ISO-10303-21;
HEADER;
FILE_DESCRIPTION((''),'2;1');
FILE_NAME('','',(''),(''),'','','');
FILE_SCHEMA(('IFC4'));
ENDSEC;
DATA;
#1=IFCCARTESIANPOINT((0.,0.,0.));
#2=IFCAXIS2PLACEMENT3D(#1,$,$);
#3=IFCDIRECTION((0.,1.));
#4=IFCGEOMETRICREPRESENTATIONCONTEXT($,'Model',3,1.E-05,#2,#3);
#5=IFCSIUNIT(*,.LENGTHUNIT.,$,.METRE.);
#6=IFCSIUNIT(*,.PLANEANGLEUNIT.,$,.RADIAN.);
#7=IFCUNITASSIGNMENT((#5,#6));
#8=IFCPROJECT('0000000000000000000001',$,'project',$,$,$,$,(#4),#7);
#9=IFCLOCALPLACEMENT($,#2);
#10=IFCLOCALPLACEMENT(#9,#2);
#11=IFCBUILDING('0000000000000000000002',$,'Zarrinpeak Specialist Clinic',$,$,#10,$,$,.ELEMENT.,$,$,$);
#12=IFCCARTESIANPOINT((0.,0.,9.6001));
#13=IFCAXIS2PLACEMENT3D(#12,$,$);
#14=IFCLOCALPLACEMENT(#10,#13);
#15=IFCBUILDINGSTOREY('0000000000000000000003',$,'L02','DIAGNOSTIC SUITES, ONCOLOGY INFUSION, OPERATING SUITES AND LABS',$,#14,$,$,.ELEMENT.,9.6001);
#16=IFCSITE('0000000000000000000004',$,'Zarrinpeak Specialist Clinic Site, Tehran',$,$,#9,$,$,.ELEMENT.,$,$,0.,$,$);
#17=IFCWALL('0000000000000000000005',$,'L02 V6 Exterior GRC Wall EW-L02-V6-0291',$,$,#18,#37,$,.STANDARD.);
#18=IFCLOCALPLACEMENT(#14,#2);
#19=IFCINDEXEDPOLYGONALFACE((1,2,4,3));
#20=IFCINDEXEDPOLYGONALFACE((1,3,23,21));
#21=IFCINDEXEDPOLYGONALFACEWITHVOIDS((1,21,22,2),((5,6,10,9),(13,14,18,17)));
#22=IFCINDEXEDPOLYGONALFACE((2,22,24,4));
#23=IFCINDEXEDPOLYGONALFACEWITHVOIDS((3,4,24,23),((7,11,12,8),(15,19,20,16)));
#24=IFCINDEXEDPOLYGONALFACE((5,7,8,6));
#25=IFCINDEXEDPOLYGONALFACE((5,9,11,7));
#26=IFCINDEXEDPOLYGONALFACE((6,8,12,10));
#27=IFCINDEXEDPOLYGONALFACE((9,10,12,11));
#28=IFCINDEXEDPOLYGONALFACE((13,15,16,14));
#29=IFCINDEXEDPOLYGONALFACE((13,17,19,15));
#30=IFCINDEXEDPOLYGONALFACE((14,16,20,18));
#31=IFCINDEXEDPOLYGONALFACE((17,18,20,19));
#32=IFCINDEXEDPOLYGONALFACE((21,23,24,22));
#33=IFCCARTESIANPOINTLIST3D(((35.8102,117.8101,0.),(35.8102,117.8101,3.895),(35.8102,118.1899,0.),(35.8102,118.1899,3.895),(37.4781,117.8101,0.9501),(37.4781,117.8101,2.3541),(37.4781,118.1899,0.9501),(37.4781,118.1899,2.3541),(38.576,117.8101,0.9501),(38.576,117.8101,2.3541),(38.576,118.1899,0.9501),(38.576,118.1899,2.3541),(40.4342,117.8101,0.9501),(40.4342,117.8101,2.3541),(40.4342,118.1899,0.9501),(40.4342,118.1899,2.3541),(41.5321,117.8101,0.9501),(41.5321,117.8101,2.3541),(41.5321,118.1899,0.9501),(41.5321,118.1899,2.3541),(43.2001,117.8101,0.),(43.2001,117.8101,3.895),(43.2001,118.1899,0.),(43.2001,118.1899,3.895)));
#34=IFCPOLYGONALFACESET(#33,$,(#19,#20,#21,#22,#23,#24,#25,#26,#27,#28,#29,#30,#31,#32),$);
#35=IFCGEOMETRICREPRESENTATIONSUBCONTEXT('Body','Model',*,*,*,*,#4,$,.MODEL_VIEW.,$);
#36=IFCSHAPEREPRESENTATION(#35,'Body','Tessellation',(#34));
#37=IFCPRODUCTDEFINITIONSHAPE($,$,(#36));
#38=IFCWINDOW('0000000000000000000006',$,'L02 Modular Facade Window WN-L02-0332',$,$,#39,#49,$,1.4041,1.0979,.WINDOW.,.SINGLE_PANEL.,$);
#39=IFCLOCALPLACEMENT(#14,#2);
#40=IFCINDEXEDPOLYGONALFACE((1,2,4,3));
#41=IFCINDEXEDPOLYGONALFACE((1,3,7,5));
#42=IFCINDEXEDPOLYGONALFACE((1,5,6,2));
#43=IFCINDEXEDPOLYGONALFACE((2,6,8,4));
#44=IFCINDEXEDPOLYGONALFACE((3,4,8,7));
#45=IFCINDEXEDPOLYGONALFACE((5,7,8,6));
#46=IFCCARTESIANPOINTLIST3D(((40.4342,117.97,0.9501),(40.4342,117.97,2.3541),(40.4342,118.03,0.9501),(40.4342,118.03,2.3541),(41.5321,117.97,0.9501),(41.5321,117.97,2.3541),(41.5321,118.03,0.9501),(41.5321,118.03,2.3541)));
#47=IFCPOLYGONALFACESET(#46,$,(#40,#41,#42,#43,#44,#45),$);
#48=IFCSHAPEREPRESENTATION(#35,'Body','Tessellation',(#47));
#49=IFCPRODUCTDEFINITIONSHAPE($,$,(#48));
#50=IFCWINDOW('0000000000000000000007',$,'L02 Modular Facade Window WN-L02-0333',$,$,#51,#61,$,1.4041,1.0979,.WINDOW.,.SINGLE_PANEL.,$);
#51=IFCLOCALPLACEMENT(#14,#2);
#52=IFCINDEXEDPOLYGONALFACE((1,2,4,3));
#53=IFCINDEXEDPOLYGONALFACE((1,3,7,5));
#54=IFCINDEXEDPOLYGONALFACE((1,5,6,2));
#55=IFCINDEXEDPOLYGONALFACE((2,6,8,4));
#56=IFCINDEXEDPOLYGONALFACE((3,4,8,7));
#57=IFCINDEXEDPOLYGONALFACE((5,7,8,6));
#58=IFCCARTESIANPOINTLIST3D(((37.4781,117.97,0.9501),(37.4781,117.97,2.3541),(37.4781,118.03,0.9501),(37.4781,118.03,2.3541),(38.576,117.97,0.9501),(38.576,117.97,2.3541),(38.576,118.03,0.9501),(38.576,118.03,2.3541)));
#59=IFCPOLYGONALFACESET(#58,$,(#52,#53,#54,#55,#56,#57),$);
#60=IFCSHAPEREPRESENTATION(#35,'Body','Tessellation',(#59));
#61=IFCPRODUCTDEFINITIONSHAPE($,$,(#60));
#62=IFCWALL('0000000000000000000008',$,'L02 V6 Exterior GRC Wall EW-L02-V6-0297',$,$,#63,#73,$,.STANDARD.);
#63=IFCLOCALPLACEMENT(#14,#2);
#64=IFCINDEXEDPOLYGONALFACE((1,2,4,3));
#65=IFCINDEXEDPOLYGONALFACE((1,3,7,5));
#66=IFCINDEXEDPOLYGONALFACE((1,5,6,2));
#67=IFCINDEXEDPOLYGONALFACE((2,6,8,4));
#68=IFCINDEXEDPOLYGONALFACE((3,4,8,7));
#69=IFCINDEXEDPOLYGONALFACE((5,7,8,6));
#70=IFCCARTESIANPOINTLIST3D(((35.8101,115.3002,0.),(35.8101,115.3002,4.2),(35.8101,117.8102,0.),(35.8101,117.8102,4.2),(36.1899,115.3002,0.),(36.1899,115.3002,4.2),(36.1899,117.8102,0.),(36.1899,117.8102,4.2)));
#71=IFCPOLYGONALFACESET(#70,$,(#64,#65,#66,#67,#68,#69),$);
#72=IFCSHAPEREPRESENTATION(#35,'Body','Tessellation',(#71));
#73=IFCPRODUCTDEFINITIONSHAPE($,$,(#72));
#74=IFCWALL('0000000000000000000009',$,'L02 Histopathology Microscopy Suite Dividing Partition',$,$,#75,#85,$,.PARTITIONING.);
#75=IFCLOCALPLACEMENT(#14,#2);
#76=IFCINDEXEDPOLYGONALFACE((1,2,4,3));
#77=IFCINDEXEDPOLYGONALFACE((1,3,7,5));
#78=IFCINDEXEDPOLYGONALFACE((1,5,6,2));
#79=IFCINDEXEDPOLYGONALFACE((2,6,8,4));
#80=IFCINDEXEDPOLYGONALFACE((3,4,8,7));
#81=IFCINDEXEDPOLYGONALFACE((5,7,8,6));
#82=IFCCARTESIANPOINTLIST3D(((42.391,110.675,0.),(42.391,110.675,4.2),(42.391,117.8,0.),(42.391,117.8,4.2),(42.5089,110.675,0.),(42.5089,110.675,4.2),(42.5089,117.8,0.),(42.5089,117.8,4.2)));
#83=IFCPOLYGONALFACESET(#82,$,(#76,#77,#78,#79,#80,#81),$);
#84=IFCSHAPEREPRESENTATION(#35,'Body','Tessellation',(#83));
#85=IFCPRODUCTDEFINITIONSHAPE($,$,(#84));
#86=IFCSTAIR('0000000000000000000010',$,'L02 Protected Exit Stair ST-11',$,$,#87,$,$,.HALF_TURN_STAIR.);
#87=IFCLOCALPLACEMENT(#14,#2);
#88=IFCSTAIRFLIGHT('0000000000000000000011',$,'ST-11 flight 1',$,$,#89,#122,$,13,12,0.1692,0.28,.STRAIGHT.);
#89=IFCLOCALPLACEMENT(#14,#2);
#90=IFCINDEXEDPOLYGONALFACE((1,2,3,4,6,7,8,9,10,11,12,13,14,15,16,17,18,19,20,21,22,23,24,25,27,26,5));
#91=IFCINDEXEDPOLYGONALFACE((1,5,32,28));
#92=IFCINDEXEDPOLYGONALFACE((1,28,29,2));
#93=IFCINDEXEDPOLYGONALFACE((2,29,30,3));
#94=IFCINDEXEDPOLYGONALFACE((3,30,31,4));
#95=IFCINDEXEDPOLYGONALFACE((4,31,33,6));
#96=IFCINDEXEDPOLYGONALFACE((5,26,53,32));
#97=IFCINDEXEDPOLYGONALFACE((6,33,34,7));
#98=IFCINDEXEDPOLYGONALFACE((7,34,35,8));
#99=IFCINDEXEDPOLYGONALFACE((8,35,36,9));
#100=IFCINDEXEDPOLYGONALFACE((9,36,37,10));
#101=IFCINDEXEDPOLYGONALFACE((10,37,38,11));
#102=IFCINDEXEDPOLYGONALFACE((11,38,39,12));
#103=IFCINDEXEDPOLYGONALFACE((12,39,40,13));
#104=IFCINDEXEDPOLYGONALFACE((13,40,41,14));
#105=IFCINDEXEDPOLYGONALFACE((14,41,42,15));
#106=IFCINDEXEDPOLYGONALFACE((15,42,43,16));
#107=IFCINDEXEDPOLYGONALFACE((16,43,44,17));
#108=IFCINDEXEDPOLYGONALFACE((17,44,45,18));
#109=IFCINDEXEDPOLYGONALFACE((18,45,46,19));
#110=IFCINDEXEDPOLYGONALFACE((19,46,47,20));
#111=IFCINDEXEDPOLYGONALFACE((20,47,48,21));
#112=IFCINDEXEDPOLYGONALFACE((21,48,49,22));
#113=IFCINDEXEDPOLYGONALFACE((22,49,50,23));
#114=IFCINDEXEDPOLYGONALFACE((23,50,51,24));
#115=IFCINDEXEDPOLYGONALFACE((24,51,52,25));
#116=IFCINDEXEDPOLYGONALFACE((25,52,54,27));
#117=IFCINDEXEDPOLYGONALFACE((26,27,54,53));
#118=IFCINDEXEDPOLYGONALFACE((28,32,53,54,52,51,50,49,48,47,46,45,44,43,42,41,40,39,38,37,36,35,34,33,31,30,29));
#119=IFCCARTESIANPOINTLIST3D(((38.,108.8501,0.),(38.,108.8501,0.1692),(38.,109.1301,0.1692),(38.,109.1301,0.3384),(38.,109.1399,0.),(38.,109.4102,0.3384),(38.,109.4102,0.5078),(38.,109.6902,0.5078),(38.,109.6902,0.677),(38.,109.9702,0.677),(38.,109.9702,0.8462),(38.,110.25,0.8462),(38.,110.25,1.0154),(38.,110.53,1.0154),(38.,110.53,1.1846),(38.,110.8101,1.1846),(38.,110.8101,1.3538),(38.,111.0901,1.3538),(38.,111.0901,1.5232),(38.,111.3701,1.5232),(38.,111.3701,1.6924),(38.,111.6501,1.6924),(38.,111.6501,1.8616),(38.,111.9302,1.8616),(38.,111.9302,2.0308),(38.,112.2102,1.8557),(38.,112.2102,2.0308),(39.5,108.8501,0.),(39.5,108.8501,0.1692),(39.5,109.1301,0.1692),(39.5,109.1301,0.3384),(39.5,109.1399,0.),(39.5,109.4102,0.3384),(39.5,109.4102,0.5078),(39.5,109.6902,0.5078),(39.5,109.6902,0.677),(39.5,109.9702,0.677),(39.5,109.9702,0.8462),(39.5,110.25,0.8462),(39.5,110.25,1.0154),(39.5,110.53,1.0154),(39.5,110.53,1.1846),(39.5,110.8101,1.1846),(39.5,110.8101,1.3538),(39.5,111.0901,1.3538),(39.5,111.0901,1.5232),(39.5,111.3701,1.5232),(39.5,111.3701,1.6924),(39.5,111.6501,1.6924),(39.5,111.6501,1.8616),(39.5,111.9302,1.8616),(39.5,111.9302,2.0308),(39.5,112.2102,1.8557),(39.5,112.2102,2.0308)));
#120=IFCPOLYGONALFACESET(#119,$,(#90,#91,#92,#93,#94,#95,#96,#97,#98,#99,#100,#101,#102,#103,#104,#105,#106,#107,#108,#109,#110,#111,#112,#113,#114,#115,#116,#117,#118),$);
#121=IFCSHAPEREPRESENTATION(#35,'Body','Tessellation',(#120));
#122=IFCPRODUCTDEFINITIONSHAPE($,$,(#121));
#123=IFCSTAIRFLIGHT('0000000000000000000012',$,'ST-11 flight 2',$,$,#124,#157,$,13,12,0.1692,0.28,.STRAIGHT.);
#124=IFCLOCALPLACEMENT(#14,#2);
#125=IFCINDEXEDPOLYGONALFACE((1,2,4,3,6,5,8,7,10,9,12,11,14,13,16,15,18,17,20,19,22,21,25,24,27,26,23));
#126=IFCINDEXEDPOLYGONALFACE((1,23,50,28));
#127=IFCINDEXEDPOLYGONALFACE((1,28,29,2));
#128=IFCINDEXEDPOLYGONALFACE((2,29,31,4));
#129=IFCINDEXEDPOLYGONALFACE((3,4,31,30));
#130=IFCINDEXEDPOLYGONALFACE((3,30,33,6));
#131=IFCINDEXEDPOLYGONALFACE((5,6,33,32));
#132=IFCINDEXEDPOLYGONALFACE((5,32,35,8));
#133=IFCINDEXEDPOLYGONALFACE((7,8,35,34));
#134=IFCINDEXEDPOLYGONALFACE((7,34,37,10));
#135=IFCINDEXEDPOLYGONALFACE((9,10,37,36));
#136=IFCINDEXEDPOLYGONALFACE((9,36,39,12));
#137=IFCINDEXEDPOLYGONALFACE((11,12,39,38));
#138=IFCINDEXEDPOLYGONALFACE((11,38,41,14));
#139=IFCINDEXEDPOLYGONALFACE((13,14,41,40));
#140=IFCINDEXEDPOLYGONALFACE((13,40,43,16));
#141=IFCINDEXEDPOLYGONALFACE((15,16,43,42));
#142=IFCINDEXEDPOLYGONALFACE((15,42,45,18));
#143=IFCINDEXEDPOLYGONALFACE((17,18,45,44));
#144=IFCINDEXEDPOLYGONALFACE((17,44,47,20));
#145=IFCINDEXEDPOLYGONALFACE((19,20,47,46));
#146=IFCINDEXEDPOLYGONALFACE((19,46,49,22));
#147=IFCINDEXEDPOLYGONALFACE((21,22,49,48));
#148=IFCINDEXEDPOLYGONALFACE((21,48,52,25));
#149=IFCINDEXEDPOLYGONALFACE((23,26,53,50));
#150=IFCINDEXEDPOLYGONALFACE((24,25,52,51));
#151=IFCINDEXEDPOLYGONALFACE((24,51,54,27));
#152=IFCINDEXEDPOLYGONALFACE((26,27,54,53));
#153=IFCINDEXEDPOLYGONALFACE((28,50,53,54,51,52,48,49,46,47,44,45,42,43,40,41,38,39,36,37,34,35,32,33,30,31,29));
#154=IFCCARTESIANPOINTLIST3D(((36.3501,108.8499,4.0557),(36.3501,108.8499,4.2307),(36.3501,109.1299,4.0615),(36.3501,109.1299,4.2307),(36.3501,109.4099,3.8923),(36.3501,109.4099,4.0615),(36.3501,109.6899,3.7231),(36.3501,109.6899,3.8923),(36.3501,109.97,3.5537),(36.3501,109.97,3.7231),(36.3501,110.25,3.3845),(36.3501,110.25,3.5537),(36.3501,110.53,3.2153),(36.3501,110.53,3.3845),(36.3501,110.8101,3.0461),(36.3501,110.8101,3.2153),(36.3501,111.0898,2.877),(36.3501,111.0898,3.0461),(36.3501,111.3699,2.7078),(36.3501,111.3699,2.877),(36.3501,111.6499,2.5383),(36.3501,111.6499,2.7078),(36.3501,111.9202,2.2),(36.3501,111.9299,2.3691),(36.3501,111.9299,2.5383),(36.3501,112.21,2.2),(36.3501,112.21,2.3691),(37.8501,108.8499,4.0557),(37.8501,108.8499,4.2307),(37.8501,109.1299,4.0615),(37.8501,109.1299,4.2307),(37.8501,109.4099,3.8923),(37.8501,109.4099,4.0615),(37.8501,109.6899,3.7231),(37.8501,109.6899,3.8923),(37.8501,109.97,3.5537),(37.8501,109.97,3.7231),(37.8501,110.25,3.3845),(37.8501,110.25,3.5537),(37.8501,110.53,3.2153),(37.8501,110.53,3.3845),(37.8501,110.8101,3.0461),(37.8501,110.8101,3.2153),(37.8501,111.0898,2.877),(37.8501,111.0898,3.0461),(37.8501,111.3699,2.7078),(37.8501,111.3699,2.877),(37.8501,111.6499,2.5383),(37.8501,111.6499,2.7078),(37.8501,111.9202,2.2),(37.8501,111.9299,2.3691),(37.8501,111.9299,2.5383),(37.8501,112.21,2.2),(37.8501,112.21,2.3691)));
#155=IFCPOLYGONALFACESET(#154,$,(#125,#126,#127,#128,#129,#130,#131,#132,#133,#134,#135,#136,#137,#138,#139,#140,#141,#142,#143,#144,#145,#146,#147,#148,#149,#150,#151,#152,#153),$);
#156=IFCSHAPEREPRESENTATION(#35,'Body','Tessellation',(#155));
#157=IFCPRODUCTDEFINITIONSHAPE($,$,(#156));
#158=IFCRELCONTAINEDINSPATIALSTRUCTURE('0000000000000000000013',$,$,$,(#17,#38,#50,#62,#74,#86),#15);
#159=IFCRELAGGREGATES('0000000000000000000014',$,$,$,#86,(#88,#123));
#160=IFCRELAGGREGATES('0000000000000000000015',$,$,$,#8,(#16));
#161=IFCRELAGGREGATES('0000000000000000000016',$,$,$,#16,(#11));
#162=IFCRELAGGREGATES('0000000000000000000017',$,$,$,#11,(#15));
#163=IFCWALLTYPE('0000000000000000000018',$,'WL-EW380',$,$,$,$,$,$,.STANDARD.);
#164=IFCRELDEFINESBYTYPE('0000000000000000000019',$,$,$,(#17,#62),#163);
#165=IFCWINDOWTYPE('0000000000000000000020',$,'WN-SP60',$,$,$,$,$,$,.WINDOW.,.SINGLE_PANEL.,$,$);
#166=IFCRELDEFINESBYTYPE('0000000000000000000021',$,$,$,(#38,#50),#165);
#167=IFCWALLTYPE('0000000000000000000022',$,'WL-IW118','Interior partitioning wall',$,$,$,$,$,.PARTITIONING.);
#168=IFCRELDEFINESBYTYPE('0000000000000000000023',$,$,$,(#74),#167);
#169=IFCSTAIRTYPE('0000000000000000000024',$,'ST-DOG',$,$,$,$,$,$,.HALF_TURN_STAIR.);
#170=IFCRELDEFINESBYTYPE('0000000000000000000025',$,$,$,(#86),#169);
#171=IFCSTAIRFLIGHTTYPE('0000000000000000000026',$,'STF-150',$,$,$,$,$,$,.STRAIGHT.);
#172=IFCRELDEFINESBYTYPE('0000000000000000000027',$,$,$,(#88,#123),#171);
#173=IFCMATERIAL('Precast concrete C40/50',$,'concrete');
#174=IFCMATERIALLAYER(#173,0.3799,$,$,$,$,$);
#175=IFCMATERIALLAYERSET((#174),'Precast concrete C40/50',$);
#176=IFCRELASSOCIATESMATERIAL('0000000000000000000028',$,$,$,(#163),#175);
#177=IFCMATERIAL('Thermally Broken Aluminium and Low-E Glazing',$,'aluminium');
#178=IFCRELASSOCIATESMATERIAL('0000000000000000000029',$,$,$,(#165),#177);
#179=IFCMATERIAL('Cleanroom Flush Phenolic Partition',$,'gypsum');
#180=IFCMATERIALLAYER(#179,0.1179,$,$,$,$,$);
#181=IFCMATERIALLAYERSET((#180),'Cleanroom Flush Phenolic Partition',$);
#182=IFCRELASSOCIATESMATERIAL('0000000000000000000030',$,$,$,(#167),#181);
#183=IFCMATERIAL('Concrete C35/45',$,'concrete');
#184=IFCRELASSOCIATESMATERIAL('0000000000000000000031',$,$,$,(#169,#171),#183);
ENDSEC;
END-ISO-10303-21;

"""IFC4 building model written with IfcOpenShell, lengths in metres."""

from ifc_helpers import new_model, si_unit, direction, frame, frame_2d, origin, place, context, subcontext, project, spatial, polyline, rectangle, outline, extrude, material, layer, layer_set, type_object, element, fill, aggregate, save


model = new_model("IFC4")

# Units and contexts
model_context = context("Model", 3, precision=1e-05, world=origin(), true_north=direction((0.0, 1.0)))
body_context = subcontext(model_context, "Body", "Model", "MODEL_VIEW")
ifc_project = project(units=[si_unit("LENGTHUNIT", "METRE"), si_unit("PLANEANGLEUNIT", "RADIAN")], contexts=[model_context])

# Site, building, storey
site_placement = place(None, origin())
site = spatial("IfcSite", under=ifc_project, at=site_placement, Name="Zarrinpeak Specialist Clinic Site, Tehran", CompositionType="ELEMENT", RefElevation=0.0)
building_placement = place(site_placement, origin())
building = spatial("IfcBuilding", under=site, at=building_placement, Name="Zarrinpeak Specialist Clinic", CompositionType="ELEMENT")
storey_placement = place(building_placement, frame((0.0, 0.0, 9.6001)))
storey = spatial("IfcBuildingStorey", under=building, at=storey_placement, Name="L02", Description="DIAGNOSTIC SUITES, ONCOLOGY INFUSION, OPERATING SUITES AND LABS", CompositionType="ELEMENT", Elevation=9.6001)

# Wall, openings, windows
ifc_material_1 = material(Name="Precast concrete C40/50", Category="concrete")
ifc_layer_1 = layer(ifc_material_1, 0.3799)
ifc_layer_set_1 = layer_set([ifc_layer_1], Name="Precast concrete C40/50")
wall_type_1 = type_object("IfcWallType", Name="WL-EW380", PredefinedType="STANDARD", material=ifc_layer_set_1)
wall_1_placement = place(storey_placement, frame((43.2, 118.0, 0.0), z_axis=(0.0, 0.0, 1.0), x_axis=(-1.0, 0.0, 0.0)))
wall_1 = element("IfcWall", 1, at=wall_1_placement, inside=storey, type_object=wall_type_1, Name="L02 V6 Exterior GRC Wall EW-L02-V6-0291", PredefinedType="STANDARD", context=body_context, shape_type="SweptSolid", body=[
    extrude(rectangle(XDim=7.3899, YDim=0.3799, at=frame_2d((3.6948, 0.0))), origin(), (0.0, 0.0, 1.0), 3.895),
])
opening_1_placement = place(wall_1_placement, frame((1.668, 0.0, 0.95)))
opening_1 = element("IfcOpeningElement", 2, at=opening_1_placement, cuts=wall_1, PredefinedType="OPENING", context=body_context, shape_type="SweptSolid", body=[
    extrude(rectangle(XDim=1.0979, YDim=1.4041, at=frame_2d((0.5488, 0.7021))), frame((0.0, 0.2, 0.0), z_axis=(0.0, -1.0, 0.0), x_axis=(1.0, 0.0, 0.0)), (0.0, 0.0, 1.0), 0.3999),
])
opening_2_placement = place(wall_1_placement, frame((4.624, 0.0, 0.95)))
opening_2 = element("IfcOpeningElement", 3, at=opening_2_placement, cuts=wall_1, PredefinedType="OPENING", context=body_context, shape_type="SweptSolid", body=[
    extrude(rectangle(XDim=1.0979, YDim=1.4041, at=frame_2d((0.5488, 0.7021))), frame((0.0, 0.2, 0.0), z_axis=(0.0, -1.0, 0.0), x_axis=(1.0, 0.0, 0.0)), (0.0, 0.0, 1.0), 0.3999),
])
ifc_material_2 = material(Name="Thermally Broken Aluminium and Low-E Glazing", Category="aluminium")
window_type = type_object("IfcWindowType", Name="WN-SP60", PartitioningType="SINGLE_PANEL", PredefinedType="WINDOW", material=ifc_material_2)
window_1_placement = place(opening_1_placement, origin())
window_1 = element("IfcWindow", 4, at=window_1_placement, inside=storey, type_object=window_type, Name="L02 Modular Facade Window WN-L02-0332", OverallHeight=1.4041, OverallWidth=1.0979, PartitioningType="SINGLE_PANEL", PredefinedType="WINDOW", context=body_context, shape_type="SweptSolid", body=[
    extrude(rectangle(XDim=1.0979, YDim=1.4041, at=frame_2d((0.5488, 0.7021))), frame((0.0, 0.03, 0.0), z_axis=(0.0, -1.0, 0.0), x_axis=(1.0, 0.0, 0.0)), (0.0, 0.0, 1.0), 0.0601),
])
fill(opening_1, window_1)
window_2_placement = place(opening_2_placement, origin())
window_2 = element("IfcWindow", 5, at=window_2_placement, inside=storey, type_object=window_type, Name="L02 Modular Facade Window WN-L02-0333", OverallHeight=1.4041, OverallWidth=1.0979, PartitioningType="SINGLE_PANEL", PredefinedType="WINDOW", context=body_context, shape_type="SweptSolid", body=[
    extrude(rectangle(XDim=1.0979, YDim=1.4041, at=frame_2d((0.5488, 0.7021))), frame((0.0, 0.03, 0.0), z_axis=(0.0, -1.0, 0.0), x_axis=(1.0, 0.0, 0.0)), (0.0, 0.0, 1.0), 0.0601),
])
fill(opening_2, window_2)

# Walls
wall_2_placement = place(storey_placement, frame((36.0, 117.8101, 0.0), z_axis=(0.0, 0.0, 1.0), x_axis=(0.0, -1.0, 0.0)))
element("IfcWall", 6, at=wall_2_placement, inside=storey, type_object=wall_type_1, Name="L02 V6 Exterior GRC Wall EW-L02-V6-0297", PredefinedType="STANDARD", context=body_context, shape_type="SweptSolid", body=[
    extrude(rectangle(XDim=2.51, YDim=0.3799, at=frame_2d((1.2549, 0.0))), origin(), (0.0, 0.0, 1.0), 4.2),
])
ifc_material_3 = material(Name="Cleanroom Flush Phenolic Partition", Category="gypsum")
ifc_layer_2 = layer(ifc_material_3, 0.1179)
ifc_layer_set_2 = layer_set([ifc_layer_2], Name="Cleanroom Flush Phenolic Partition")
wall_type_2 = type_object("IfcWallType", Name="WL-IW118", Description="Interior partitioning wall", PredefinedType="PARTITIONING", material=ifc_layer_set_2)
wall_3_placement = place(storey_placement, frame((42.45, 110.675, 0.0), z_axis=(0.0, 0.0, 1.0), x_axis=(0.0, 1.0, 0.0)))
element("IfcWall", 7, at=wall_3_placement, inside=storey, type_object=wall_type_2, Name="L02 Histopathology Microscopy Suite Dividing Partition", PredefinedType="PARTITIONING", context=body_context, shape_type="SweptSolid", body=[
    extrude(rectangle(XDim=7.125, YDim=0.1179, at=frame_2d((3.5625, 0.0))), origin(), (0.0, 0.0, 1.0), 4.2),
])

# Stair, stair flights
ifc_material_4 = material(Name="Concrete C35/45", Category="concrete")
stair_type = type_object("IfcStairType", Name="ST-DOG", PredefinedType="HALF_TURN_STAIR", material=ifc_material_4)
stair_placement = place(storey_placement, origin())
stair = element("IfcStair", 8, at=stair_placement, inside=storey, type_object=stair_type, Name="L02 Protected Exit Stair ST-11", PredefinedType="HALF_TURN_STAIR")
stair_flight_type = type_object("IfcStairFlightType", Name="STF-150", PredefinedType="STRAIGHT", material=ifc_material_4)
stair_flight_1_placement = place(storey_placement, frame((38.75, 108.8501, 0.0), z_axis=(0.0, 0.0, 1.0), x_axis=(0.0, 1.0, 0.0)))
stair_flight_1 = element("IfcStairFlight", 9, at=stair_flight_1_placement, type_object=stair_flight_type, Name="ST-11 flight 1", NumberOfRisers=13, NumberOfTreads=12, PredefinedType="STRAIGHT", RiserHeight=0.1692, TreadLength=0.28, context=body_context, shape_type="SweptSolid", body=[
    extrude(outline(polyline([(0.0, 0.0), (0.0, 0.1692), (0.28, 0.1692), (0.28, 0.3384), (0.5601, 0.3384), (0.5601, 0.5078), (0.8401, 0.5078), (0.8401, 0.677), (1.1201, 0.677), (1.1201, 0.8462), (1.3999, 0.8462), (1.3999, 1.0154), (1.6799, 1.0154), (1.6799, 1.1846), (1.96, 1.1846), (1.96, 1.3538), (2.24, 1.3538), (2.24, 1.5232), (2.52, 1.5232), (2.52, 1.6924), (2.8, 1.6924), (2.8, 1.8616), (3.0801, 1.8616), (3.0801, 2.0308), (3.3601, 2.0308), (3.3601, 2.2), (3.3601, 1.8557), (0.2898, 0.0), (0.0, 0.0)])), frame((0.0, 0.75, 0.0), z_axis=(0.0, -1.0, 0.0), x_axis=(1.0, 0.0, 0.0)), (0.0, 0.0, 1.0), 1.5),
])
stair_flight_2_placement = place(storey_placement, frame((37.1001, 112.21, 2.2), z_axis=(0.0, 0.0, 1.0), x_axis=(0.0, -1.0, 0.0)))
stair_flight_2 = element("IfcStairFlight", 10, at=stair_flight_2_placement, type_object=stair_flight_type, Name="ST-11 flight 2", NumberOfRisers=13, NumberOfTreads=12, PredefinedType="STRAIGHT", RiserHeight=0.1692, TreadLength=0.28, context=body_context, shape_type="SweptSolid", body=[
    extrude(outline(polyline([(0.0, 0.0), (0.0, 0.1692), (0.28, 0.1692), (0.28, 0.3384), (0.5601, 0.3384), (0.5601, 0.5078), (0.8401, 0.5078), (0.8401, 0.677), (1.1201, 0.677), (1.1201, 0.8462), (1.3999, 0.8462), (1.3999, 1.0154), (1.6799, 1.0154), (1.6799, 1.1846), (1.96, 1.1846), (1.96, 1.3538), (2.24, 1.3538), (2.24, 1.5232), (2.52, 1.5232), (2.52, 1.6924), (2.8, 1.6924), (2.8, 1.8616), (3.0801, 1.8616), (3.0801, 2.0308), (3.3601, 2.0308), (3.3601, 2.2), (3.3601, 1.8557), (0.2898, 0.0), (0.0, 0.0)])), frame((0.0, 0.75, 0.0), z_axis=(0.0, -1.0, 0.0), x_axis=(1.0, 0.0, 0.0)), (0.0, 0.0, 1.0), 1.5),
])
aggregate(stair, [stair_flight_1, stair_flight_2])

save(model, "model.ifc")
